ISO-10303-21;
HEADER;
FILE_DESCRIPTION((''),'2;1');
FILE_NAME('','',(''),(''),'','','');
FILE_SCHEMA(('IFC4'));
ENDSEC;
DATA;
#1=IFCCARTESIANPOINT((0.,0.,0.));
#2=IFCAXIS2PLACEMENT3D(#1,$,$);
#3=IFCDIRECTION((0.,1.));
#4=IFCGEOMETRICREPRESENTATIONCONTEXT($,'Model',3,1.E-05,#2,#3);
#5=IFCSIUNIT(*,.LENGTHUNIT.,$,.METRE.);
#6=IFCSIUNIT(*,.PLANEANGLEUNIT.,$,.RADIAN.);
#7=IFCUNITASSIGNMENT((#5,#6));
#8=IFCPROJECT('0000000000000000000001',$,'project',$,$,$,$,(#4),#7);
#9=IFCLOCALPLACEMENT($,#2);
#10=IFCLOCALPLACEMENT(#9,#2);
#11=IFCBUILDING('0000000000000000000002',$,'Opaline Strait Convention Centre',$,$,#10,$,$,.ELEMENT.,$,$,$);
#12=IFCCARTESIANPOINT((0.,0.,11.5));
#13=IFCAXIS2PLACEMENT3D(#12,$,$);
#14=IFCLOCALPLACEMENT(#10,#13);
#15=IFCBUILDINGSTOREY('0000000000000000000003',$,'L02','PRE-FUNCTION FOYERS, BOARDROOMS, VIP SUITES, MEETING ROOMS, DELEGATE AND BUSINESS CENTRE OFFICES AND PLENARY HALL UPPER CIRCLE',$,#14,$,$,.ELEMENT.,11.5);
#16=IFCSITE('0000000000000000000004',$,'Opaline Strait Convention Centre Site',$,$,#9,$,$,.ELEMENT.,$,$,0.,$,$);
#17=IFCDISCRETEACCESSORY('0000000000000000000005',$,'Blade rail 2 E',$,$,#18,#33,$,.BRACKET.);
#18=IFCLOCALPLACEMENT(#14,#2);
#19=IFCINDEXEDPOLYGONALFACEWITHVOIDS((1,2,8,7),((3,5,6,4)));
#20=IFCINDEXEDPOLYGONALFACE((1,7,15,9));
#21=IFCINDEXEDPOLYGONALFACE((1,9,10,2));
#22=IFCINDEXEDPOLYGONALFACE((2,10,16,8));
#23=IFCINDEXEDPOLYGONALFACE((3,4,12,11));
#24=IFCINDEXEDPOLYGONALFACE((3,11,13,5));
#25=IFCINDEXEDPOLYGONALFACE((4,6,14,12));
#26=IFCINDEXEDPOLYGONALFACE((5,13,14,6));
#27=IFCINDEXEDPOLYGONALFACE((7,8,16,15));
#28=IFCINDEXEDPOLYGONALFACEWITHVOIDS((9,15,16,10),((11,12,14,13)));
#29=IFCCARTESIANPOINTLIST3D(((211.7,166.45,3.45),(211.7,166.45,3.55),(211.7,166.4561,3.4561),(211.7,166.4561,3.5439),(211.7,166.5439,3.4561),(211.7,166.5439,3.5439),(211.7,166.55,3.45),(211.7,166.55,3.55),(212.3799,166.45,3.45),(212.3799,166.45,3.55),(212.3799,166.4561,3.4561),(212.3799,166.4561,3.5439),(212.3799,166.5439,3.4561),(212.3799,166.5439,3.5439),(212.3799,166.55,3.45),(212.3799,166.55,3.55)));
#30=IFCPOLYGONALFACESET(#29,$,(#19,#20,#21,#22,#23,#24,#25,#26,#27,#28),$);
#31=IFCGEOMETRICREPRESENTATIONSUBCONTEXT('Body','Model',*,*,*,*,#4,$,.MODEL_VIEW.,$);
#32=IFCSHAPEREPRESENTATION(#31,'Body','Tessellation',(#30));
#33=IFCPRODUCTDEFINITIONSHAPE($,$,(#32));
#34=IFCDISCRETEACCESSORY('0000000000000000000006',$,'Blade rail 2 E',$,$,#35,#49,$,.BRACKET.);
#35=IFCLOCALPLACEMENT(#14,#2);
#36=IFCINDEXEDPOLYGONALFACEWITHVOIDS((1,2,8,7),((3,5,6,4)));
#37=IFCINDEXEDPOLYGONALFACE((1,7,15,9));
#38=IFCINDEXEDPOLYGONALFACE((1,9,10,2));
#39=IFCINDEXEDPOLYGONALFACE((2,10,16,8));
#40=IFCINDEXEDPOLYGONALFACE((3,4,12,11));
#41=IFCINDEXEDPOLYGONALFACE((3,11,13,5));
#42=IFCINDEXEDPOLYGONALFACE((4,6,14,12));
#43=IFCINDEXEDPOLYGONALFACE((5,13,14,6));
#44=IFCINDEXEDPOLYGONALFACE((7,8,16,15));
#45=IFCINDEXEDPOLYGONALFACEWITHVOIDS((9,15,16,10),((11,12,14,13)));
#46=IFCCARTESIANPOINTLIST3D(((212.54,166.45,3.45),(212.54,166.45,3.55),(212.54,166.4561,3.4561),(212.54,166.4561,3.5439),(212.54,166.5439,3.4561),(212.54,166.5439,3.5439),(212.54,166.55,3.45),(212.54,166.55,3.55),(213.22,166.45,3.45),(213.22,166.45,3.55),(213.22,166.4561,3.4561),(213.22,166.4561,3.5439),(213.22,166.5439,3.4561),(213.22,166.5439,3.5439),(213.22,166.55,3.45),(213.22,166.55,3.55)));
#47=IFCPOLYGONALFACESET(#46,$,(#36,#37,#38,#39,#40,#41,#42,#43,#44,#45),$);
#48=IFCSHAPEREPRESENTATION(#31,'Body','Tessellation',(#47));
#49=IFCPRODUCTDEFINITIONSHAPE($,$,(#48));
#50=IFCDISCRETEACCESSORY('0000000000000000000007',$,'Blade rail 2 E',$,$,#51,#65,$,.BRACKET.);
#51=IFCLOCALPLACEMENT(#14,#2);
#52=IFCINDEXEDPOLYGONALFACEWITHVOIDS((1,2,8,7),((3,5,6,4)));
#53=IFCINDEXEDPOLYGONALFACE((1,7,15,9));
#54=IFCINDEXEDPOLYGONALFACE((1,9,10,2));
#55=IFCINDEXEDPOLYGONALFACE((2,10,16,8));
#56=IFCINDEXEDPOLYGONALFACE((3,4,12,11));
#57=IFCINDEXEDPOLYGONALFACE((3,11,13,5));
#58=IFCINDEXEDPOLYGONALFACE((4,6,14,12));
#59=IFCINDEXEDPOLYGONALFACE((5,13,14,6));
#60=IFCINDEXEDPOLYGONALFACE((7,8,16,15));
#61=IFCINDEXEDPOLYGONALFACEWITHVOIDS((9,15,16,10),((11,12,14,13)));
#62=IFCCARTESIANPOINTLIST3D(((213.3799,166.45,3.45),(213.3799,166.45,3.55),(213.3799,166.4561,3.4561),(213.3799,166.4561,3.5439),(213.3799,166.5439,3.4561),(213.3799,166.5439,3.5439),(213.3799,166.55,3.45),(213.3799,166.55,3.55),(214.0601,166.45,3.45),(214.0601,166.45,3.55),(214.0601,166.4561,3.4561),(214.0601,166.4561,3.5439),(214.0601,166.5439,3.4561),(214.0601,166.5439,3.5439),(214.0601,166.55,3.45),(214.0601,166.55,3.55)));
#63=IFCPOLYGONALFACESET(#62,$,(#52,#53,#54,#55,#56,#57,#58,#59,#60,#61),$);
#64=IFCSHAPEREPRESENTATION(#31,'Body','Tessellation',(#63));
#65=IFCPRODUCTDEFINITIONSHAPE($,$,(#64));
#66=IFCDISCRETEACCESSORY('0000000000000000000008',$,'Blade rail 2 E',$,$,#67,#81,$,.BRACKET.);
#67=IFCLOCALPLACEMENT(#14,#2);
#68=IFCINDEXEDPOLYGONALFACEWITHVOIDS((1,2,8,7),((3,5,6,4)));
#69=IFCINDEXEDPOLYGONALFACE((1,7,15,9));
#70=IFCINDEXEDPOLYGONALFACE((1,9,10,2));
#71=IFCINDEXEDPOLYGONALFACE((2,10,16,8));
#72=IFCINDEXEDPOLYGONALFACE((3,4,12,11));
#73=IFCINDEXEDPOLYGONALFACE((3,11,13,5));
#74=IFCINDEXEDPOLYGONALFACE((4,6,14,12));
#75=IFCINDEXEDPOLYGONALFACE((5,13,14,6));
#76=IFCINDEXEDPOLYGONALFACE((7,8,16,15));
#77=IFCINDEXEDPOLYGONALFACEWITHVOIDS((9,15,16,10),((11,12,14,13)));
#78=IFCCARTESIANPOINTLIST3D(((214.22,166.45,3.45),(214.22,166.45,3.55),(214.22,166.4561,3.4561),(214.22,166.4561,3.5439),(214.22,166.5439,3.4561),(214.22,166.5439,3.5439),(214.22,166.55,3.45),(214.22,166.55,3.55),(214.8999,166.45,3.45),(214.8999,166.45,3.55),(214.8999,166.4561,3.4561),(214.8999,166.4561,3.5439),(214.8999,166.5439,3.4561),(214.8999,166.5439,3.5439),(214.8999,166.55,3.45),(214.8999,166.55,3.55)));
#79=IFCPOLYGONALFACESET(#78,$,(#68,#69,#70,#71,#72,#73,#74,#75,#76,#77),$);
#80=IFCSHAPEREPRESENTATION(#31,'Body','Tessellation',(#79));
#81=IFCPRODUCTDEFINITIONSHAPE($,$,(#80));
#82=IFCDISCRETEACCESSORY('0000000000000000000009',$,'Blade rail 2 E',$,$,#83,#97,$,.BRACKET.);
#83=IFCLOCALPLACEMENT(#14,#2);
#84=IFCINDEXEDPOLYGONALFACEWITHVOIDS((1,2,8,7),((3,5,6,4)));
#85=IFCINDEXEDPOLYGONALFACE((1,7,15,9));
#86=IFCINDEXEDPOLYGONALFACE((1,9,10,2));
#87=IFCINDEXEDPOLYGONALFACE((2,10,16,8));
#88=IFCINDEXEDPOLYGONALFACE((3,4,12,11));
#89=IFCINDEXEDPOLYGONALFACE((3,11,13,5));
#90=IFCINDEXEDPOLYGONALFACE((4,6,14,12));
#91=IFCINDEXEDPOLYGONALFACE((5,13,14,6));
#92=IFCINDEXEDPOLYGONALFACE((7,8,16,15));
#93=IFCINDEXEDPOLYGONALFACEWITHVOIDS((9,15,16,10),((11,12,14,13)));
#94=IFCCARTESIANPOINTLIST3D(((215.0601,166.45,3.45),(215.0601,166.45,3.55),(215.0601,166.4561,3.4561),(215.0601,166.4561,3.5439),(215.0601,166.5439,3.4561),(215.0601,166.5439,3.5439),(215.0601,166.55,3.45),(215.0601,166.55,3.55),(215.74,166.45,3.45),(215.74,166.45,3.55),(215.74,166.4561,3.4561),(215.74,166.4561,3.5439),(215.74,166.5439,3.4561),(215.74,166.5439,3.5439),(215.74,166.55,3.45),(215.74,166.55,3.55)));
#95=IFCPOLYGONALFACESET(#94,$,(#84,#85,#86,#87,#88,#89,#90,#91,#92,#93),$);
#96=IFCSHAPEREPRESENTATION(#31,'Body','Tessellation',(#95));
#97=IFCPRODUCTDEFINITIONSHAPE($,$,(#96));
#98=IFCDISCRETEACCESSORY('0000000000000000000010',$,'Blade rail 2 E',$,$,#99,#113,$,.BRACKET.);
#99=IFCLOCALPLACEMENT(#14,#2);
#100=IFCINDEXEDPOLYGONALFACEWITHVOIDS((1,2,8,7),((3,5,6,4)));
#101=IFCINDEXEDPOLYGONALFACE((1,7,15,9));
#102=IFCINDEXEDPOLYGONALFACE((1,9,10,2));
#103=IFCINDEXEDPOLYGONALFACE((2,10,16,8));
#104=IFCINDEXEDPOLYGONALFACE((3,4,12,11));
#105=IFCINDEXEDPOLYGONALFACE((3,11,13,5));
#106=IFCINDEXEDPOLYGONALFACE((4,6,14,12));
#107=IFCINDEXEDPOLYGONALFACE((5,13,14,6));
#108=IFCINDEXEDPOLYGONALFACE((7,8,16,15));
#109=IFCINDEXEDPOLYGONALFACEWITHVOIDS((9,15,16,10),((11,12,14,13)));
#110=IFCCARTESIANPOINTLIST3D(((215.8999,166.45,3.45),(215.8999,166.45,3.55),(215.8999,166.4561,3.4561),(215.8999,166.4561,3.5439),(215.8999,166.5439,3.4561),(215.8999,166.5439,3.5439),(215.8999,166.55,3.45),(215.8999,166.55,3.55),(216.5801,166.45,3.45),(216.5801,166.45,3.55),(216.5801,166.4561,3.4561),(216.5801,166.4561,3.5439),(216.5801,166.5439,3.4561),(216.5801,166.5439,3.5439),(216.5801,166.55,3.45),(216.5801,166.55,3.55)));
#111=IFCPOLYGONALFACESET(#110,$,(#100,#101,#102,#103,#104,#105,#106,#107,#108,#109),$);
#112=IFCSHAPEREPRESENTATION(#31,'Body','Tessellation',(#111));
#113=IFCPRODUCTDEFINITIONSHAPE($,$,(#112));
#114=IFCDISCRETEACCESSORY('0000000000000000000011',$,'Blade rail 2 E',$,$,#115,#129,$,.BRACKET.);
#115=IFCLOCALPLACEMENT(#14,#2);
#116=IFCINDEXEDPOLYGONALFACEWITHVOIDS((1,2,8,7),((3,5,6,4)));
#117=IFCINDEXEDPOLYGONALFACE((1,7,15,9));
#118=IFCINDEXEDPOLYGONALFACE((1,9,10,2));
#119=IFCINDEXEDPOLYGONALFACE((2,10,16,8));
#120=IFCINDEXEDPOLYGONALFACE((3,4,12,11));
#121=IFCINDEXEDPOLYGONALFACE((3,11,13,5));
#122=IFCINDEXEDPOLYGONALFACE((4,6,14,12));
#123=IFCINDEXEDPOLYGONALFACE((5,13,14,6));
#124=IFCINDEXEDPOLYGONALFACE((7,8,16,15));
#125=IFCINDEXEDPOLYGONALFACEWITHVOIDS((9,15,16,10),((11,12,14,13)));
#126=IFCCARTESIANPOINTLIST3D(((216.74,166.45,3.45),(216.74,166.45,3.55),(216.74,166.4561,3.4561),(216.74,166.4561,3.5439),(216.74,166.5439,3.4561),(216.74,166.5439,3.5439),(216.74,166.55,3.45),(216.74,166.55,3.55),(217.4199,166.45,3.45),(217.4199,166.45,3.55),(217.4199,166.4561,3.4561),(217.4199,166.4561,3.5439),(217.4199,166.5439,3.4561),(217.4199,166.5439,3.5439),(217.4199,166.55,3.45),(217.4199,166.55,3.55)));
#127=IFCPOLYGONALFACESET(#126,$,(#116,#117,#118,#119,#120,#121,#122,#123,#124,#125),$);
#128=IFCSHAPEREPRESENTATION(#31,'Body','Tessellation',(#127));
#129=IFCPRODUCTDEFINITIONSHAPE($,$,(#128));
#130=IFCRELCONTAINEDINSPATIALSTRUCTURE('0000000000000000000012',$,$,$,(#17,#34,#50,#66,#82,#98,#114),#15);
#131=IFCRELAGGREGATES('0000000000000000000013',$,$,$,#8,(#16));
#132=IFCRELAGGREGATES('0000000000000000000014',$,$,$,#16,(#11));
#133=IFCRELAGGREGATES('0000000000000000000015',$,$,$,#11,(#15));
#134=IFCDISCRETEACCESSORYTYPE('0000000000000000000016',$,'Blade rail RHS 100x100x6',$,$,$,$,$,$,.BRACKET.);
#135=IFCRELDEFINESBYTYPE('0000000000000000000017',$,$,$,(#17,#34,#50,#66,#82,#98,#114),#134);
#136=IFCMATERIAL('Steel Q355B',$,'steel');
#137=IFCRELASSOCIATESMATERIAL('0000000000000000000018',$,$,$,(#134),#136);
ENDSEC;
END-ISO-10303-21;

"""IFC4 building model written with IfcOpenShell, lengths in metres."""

from ifc_helpers import new_model, si_unit, direction, frame, origin, origin_2d, place, context, subcontext, project, spatial, hollow_rectangle, extrude, material, material_profile, profile_set, type_object, element, save


model = new_model("IFC4")

# Units and contexts
model_context = context("Model", 3, precision=1e-05, world=origin(), true_north=direction((0.0, 1.0)))
body_context = subcontext(model_context, "Body", "Model", "MODEL_VIEW")
ifc_project = project(units=[si_unit("LENGTHUNIT", "METRE"), si_unit("PLANEANGLEUNIT", "RADIAN")], contexts=[model_context])

# Site, building, storey
site_placement = place(None, origin())
site = spatial("IfcSite", under=ifc_project, at=site_placement, Name="Opaline Strait Convention Centre Site", CompositionType="ELEMENT", RefElevation=0.0)
building_placement = place(site_placement, origin())
building = spatial("IfcBuilding", under=site, at=building_placement, Name="Opaline Strait Convention Centre", CompositionType="ELEMENT")
storey_placement = place(building_placement, frame((0.0, 0.0, 11.5)))
storey = spatial("IfcBuildingStorey", under=building, at=storey_placement, Name="L02", Description="PRE-FUNCTION FOYERS, BOARDROOMS, VIP SUITES, MEETING ROOMS, DELEGATE AND BUSINESS CENTRE OFFICES AND PLENARY HALL UPPER CIRCLE", CompositionType="ELEMENT", Elevation=11.5)

# Discrete accessories
ifc_material_1 = material(Name="Steel Q355B", Category="steel")
ifc_material_profile_1 = material_profile(ifc_material_1, hollow_rectangle(XDim=0.1001, YDim=0.1001, WallThickness=0.0061, at=origin_2d()), Name="RHS 100x100x6")
ifc_profile_set_1 = profile_set([ifc_material_profile_1], Name="Steel Q355B")
discrete_accessory_type = type_object("IfcDiscreteAccessoryType", Name="Blade rail RHS 100x100x6", PredefinedType="BRACKET", material=ifc_profile_set_1)
for number, where, z_axis, x_axis, name in (
    (1, (211.7, 166.5, 3.5), (1.0, 0.0, 0.0), (0.0, 1.0, 0.0), "Blade rail 2 E"),
    (2, (212.54, 166.5, 3.5), (1.0, 0.0, 0.0), (0.0, 1.0, 0.0), "Blade rail 2 E"),
):
    element("IfcDiscreteAccessory", number, at=place(storey_placement, frame(where, z_axis=z_axis, x_axis=x_axis)), inside=storey, type_object=discrete_accessory_type, Name=name, PredefinedType="BRACKET", context=body_context, shape_type="SweptSolid", body=[
        extrude(hollow_rectangle(XDim=0.1001, YDim=0.1001, WallThickness=0.0061, at=origin_2d()), origin(), (0.0, 0.0, 1.0), 0.6799),
    ])
discrete_accessory_1_placement = place(storey_placement, frame((213.3799, 166.5, 3.5), z_axis=(1.0, 0.0, 0.0), x_axis=(0.0, 1.0, 0.0)))
element("IfcDiscreteAccessory", 3, at=discrete_accessory_1_placement, inside=storey, type_object=discrete_accessory_type, Name="Blade rail 2 E", PredefinedType="BRACKET", context=body_context, shape_type="SweptSolid", body=[
    extrude(hollow_rectangle(XDim=0.1001, YDim=0.1001, WallThickness=0.0061, at=origin_2d()), origin(), (0.0, 0.0, 1.0), 0.6802),
])
for number, where, z_axis, x_axis, name in (
    (4, (214.22, 166.5, 3.5), (1.0, 0.0, 0.0), (0.0, 1.0, 0.0), "Blade rail 2 E"),
    (5, (215.0601, 166.5, 3.5), (1.0, 0.0, 0.0), (0.0, 1.0, 0.0), "Blade rail 2 E"),
):
    element("IfcDiscreteAccessory", number, at=place(storey_placement, frame(where, z_axis=z_axis, x_axis=x_axis)), inside=storey, type_object=discrete_accessory_type, Name=name, PredefinedType="BRACKET", context=body_context, shape_type="SweptSolid", body=[
        extrude(hollow_rectangle(XDim=0.1001, YDim=0.1001, WallThickness=0.0061, at=origin_2d()), origin(), (0.0, 0.0, 1.0), 0.6799),
    ])
discrete_accessory_2_placement = place(storey_placement, frame((215.8999, 166.5, 3.5), z_axis=(1.0, 0.0, 0.0), x_axis=(0.0, 1.0, 0.0)))
element("IfcDiscreteAccessory", 6, at=discrete_accessory_2_placement, inside=storey, type_object=discrete_accessory_type, Name="Blade rail 2 E", PredefinedType="BRACKET", context=body_context, shape_type="SweptSolid", body=[
    extrude(hollow_rectangle(XDim=0.1001, YDim=0.1001, WallThickness=0.0061, at=origin_2d()), origin(), (0.0, 0.0, 1.0), 0.6802),
])
discrete_accessory_3_placement = place(storey_placement, frame((216.74, 166.5, 3.5), z_axis=(1.0, 0.0, 0.0), x_axis=(0.0, 1.0, 0.0)))
element("IfcDiscreteAccessory", 7, at=discrete_accessory_3_placement, inside=storey, type_object=discrete_accessory_type, Name="Blade rail 2 E", PredefinedType="BRACKET", context=body_context, shape_type="SweptSolid", body=[
    extrude(hollow_rectangle(XDim=0.1001, YDim=0.1001, WallThickness=0.0061, at=origin_2d()), origin(), (0.0, 0.0, 1.0), 0.6799),
])

save(model, "model.ifc")
